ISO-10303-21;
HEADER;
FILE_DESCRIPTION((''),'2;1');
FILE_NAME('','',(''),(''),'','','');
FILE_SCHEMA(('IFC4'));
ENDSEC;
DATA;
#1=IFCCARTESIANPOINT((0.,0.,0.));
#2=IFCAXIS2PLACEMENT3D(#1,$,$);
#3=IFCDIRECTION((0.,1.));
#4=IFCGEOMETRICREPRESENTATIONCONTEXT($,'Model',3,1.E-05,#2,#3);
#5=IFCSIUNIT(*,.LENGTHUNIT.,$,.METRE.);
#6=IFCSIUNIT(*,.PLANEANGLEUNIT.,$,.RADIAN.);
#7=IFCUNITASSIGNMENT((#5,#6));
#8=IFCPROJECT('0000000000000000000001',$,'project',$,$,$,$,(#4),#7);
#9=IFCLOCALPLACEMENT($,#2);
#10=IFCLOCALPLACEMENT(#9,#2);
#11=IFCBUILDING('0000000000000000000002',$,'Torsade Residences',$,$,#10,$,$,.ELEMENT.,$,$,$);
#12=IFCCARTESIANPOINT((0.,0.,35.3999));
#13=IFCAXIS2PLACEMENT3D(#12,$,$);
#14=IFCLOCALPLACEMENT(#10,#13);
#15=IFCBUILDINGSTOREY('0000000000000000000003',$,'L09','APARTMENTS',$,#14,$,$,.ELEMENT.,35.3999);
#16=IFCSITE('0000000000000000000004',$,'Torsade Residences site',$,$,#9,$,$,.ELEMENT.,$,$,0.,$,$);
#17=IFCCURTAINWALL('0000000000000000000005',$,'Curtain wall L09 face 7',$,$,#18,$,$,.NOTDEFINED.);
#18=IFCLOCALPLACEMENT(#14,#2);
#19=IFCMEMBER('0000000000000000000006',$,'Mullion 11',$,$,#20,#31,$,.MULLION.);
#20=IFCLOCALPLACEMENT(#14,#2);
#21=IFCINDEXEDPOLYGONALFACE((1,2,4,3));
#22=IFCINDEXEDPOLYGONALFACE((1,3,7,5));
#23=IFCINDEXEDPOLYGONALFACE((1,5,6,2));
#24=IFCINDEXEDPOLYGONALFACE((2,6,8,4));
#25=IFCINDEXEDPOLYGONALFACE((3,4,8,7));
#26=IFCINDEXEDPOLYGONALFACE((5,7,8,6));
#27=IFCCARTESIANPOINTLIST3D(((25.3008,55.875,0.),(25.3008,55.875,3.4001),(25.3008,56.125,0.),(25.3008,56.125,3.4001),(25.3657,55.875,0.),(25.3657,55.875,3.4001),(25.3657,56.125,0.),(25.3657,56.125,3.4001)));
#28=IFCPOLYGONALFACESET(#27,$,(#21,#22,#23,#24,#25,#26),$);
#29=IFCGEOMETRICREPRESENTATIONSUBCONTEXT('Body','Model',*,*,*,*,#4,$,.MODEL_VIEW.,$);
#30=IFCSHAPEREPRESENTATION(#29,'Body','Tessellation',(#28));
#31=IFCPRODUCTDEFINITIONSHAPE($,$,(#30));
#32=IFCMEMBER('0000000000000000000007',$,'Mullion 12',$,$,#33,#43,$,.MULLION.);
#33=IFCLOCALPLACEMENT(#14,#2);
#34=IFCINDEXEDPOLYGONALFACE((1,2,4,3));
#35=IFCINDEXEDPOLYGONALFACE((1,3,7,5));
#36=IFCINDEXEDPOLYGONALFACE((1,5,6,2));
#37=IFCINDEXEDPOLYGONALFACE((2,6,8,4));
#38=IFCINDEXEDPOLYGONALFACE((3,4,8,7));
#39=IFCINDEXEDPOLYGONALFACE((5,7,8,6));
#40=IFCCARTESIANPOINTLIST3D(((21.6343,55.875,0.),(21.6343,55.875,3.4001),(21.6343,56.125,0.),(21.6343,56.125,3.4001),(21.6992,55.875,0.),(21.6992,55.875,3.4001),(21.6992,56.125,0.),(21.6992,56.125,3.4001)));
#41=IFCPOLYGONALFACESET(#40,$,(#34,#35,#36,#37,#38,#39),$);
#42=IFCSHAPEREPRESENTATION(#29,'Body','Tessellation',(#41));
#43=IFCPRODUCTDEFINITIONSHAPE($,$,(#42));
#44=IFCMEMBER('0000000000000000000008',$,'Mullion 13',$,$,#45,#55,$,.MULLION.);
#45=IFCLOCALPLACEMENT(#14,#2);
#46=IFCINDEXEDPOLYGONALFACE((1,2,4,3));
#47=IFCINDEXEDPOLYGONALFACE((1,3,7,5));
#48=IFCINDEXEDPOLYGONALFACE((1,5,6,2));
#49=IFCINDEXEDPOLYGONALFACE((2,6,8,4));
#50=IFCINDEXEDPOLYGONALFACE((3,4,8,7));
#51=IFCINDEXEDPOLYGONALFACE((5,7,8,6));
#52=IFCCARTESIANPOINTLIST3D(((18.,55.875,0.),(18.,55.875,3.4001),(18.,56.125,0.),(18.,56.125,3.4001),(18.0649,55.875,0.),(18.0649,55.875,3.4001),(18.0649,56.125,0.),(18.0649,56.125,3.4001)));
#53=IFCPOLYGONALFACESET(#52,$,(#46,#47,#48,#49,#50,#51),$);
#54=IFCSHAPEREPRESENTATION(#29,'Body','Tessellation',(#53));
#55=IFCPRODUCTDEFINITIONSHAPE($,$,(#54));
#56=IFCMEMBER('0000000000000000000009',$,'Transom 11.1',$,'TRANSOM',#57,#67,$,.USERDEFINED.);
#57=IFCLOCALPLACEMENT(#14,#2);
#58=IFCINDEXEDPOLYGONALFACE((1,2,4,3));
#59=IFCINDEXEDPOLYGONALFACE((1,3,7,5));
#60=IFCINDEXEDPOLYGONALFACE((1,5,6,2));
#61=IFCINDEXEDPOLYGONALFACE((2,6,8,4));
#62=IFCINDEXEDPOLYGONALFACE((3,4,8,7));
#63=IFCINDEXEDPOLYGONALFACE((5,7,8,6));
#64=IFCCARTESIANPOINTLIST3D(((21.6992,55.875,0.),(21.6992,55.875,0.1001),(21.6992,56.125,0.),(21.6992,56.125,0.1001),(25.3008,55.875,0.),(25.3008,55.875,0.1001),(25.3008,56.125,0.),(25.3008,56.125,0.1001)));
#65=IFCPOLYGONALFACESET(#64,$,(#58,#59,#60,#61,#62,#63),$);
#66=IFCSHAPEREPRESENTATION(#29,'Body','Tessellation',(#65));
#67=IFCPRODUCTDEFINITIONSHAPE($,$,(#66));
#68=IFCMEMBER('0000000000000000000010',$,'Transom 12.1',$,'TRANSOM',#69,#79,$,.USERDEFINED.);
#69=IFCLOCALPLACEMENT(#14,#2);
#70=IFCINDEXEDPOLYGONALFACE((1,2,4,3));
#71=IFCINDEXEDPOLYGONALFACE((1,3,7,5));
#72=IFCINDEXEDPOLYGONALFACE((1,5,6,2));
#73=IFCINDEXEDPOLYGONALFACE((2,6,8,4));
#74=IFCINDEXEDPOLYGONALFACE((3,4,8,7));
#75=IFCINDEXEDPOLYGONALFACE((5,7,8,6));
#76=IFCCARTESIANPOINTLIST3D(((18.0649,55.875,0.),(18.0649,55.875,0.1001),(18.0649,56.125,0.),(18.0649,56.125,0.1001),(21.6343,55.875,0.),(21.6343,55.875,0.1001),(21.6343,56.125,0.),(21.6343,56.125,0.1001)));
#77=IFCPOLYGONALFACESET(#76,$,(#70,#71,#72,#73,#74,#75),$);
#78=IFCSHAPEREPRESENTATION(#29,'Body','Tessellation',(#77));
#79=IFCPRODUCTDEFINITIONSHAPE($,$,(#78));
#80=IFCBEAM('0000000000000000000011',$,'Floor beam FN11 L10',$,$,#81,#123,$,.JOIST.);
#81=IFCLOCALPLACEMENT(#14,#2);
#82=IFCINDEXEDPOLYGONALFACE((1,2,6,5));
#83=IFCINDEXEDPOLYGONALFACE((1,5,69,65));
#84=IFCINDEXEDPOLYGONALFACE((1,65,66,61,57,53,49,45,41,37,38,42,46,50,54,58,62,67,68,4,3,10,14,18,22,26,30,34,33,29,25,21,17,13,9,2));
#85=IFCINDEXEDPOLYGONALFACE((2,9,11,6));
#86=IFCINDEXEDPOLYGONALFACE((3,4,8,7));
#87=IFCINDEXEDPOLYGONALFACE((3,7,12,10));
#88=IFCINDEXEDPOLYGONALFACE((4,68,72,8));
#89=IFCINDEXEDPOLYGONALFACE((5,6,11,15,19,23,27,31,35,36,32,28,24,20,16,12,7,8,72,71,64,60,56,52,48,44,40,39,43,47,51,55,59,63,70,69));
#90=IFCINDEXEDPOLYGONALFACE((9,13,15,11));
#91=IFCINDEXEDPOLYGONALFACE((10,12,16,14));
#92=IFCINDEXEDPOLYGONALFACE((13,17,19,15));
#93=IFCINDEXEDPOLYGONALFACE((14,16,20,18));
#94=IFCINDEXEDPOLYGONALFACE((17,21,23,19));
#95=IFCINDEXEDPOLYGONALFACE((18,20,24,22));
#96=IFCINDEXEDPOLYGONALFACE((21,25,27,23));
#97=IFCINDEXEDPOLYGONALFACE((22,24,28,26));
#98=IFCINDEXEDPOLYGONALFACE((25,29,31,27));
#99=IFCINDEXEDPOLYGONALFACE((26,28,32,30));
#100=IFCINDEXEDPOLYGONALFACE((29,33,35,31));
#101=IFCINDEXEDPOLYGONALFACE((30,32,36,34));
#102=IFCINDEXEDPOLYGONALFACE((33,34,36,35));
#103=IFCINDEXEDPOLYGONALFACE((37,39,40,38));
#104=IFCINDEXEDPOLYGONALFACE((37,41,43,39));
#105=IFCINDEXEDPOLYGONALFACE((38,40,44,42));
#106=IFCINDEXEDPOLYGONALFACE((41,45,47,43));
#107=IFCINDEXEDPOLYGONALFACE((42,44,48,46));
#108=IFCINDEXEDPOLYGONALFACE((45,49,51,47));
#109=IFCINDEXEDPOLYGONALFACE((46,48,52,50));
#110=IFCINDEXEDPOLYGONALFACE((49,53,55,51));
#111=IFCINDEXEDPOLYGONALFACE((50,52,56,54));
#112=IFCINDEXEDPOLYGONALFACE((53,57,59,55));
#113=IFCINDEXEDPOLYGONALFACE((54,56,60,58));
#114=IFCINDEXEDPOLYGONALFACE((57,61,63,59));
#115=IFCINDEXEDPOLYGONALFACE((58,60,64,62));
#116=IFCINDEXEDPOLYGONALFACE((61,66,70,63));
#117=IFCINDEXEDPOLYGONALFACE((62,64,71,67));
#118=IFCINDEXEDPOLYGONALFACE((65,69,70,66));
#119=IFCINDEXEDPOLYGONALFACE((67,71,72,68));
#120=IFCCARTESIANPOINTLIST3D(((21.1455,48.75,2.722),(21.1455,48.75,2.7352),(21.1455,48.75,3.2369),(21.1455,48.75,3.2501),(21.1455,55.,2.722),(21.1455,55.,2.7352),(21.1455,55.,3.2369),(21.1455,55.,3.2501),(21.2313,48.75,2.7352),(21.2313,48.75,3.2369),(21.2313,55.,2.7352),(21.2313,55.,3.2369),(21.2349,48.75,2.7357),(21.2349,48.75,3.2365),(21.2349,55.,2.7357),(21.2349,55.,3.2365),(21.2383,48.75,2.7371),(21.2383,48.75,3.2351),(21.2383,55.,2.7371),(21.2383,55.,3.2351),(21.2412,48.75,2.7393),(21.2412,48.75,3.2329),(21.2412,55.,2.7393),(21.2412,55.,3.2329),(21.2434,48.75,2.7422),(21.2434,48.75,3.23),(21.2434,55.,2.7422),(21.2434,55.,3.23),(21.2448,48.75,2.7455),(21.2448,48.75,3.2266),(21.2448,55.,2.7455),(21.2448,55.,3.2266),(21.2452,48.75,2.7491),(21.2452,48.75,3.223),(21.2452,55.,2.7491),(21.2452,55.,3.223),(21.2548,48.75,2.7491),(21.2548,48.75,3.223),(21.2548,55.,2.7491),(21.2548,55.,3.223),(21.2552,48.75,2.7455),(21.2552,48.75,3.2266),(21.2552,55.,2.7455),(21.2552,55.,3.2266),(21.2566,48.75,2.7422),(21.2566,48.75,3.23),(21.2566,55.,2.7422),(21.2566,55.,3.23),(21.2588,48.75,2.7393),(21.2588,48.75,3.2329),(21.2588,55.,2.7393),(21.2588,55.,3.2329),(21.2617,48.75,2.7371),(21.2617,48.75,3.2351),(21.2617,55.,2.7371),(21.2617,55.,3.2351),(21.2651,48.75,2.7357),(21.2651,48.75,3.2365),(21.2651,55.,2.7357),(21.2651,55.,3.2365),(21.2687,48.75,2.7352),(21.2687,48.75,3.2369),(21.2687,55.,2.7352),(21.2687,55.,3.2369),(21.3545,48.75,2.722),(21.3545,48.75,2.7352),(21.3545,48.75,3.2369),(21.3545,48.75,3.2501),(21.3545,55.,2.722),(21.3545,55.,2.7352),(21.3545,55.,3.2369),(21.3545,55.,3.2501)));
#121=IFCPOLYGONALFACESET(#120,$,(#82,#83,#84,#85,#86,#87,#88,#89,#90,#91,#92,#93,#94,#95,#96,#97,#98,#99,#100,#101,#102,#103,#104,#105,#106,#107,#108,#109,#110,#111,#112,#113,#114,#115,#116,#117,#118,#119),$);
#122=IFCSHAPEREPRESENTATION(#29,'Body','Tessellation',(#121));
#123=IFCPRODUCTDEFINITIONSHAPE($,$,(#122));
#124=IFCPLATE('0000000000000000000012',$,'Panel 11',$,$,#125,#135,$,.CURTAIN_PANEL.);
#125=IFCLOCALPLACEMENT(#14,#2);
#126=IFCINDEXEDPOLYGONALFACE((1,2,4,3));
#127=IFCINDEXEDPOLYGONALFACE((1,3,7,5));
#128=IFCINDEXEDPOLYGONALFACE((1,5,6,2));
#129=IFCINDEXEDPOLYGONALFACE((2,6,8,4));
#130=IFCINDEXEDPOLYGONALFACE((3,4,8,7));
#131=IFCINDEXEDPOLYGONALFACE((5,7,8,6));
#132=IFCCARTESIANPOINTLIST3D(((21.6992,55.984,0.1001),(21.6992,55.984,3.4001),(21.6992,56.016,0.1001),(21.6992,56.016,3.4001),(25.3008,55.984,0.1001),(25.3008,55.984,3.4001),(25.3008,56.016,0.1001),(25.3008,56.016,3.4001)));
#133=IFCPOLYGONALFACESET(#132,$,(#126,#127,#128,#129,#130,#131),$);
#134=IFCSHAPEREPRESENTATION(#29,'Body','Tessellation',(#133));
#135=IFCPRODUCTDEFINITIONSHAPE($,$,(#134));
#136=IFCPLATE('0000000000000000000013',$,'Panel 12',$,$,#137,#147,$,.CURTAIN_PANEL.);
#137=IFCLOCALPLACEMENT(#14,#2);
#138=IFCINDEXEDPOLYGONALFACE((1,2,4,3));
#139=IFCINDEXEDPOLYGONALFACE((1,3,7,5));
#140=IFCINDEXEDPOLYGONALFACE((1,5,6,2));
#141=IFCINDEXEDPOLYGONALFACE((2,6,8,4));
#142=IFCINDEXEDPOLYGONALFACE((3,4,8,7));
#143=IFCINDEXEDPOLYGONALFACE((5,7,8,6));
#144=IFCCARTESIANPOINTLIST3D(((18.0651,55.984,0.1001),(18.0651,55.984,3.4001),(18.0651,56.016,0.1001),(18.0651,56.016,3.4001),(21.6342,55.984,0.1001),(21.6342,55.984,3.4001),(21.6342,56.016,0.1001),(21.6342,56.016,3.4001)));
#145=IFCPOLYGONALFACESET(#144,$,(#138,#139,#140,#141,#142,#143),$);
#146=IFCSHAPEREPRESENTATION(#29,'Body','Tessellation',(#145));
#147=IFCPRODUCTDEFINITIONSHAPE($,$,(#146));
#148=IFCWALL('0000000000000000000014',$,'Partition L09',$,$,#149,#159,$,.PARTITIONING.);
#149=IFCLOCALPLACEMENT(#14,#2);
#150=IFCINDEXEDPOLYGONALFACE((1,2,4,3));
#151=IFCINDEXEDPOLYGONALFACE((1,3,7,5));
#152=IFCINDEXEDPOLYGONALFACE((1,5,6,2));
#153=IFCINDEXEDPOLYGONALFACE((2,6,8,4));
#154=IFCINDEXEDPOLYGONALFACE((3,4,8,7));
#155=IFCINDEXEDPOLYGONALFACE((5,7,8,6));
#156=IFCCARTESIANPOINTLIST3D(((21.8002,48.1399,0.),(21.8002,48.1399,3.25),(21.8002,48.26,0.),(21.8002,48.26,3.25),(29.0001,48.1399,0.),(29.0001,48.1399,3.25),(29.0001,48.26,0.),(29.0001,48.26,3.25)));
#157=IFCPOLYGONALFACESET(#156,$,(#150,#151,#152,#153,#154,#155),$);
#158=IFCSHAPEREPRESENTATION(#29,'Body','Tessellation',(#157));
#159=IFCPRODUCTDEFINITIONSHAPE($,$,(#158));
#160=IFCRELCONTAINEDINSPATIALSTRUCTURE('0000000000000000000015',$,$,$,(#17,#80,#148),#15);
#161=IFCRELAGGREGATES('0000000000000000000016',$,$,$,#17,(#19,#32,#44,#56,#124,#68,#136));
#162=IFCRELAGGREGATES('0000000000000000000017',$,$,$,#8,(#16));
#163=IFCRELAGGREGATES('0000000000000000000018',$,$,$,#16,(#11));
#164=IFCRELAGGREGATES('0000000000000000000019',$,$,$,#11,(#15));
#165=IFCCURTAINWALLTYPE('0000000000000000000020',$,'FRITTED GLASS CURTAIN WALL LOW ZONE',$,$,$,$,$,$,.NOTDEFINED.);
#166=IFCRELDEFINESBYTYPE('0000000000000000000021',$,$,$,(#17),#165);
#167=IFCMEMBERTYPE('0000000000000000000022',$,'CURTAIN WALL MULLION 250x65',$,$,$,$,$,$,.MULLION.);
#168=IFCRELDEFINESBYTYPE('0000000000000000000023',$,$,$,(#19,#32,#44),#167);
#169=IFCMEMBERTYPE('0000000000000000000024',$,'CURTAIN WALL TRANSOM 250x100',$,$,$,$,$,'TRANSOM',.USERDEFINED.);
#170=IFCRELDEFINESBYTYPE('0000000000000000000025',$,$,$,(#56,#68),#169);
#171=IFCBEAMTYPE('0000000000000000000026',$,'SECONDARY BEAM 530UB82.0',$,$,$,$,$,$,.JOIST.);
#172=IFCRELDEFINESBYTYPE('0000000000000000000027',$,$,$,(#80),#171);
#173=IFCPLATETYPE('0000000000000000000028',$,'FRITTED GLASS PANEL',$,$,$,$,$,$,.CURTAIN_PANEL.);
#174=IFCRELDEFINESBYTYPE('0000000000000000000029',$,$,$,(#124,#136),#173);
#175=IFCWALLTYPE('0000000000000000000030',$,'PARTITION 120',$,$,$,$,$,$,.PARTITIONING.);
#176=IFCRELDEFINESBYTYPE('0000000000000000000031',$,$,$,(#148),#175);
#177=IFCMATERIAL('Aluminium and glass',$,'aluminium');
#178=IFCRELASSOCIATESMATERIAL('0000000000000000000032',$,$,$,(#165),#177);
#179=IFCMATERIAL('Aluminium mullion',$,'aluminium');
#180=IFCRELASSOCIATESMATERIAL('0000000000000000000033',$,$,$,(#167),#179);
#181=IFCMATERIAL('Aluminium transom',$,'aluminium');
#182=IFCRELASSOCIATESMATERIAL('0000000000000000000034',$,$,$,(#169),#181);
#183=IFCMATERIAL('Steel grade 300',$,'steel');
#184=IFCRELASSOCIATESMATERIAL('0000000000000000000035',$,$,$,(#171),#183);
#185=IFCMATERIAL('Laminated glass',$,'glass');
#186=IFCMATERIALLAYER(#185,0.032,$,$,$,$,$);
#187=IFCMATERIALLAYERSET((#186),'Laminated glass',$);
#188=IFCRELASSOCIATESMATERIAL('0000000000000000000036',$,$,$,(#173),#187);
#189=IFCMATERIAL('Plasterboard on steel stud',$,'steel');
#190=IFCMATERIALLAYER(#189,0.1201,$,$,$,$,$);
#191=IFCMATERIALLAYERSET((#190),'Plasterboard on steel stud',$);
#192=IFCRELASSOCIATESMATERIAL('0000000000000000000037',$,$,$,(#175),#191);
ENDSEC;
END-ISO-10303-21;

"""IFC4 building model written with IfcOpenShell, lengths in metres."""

from ifc_helpers import new_model, si_unit, direction, frame, frame_2d, origin, origin_2d, place, context, subcontext, project, spatial, rectangle, i_section, extrude, material, layer, layer_set, material_profile, profile_set, type_object, element, aggregate, save


model = new_model("IFC4")

# Units and contexts
model_context = context("Model", 3, precision=1e-05, world=origin(), true_north=direction((0.0, 1.0)))
body_context = subcontext(model_context, "Body", "Model", "MODEL_VIEW")
ifc_project = project(units=[si_unit("LENGTHUNIT", "METRE"), si_unit("PLANEANGLEUNIT", "RADIAN")], contexts=[model_context])

# Site, building, storey
site_placement = place(None, origin())
site = spatial("IfcSite", under=ifc_project, at=site_placement, Name="Torsade Residences site", CompositionType="ELEMENT", RefElevation=0.0)
building_placement = place(site_placement, origin())
building = spatial("IfcBuilding", under=site, at=building_placement, Name="Torsade Residences", CompositionType="ELEMENT")
storey_placement = place(building_placement, frame((0.0, 0.0, 35.3999)))
storey = spatial("IfcBuildingStorey", under=building, at=storey_placement, Name="L09", Description="APARTMENTS", CompositionType="ELEMENT", Elevation=35.3999)

# Curtain wall, members
ifc_material_1 = material(Name="Aluminium and glass", Category="aluminium")
curtain_wall_type = type_object("IfcCurtainWallType", Name="FRITTED GLASS CURTAIN WALL LOW ZONE", PredefinedType="NOTDEFINED", material=ifc_material_1)
curtain_wall_placement = place(storey_placement, origin())
curtain_wall = element("IfcCurtainWall", 1, at=curtain_wall_placement, inside=storey, type_object=curtain_wall_type, Name="Curtain wall L09 face 7", PredefinedType="NOTDEFINED")
ifc_material_2 = material(Name="Aluminium mullion", Category="aluminium")
ifc_material_profile_1 = material_profile(ifc_material_2, rectangle(XDim=0.25, YDim=0.0649, at=origin_2d()), Name="CURTAIN WALL MULLION 250x65")
ifc_profile_set_1 = profile_set([ifc_material_profile_1], Name="Aluminium mullion")
member_type_1 = type_object("IfcMemberType", Name="CURTAIN WALL MULLION 250x65", PredefinedType="MULLION", material=ifc_profile_set_1)
member_1_placement = place(storey_placement, frame((25.3333, 56.0, 0.0), z_axis=(0.0, 0.0, 1.0), x_axis=(0.0, -1.0, 0.0)))
member_1 = element("IfcMember", 2, at=member_1_placement, type_object=member_type_1, Name="Mullion 11", PredefinedType="MULLION", context=body_context, shape_type="SweptSolid", body=[
    extrude(rectangle(XDim=0.25, YDim=0.0649, at=origin_2d()), origin(), (0.0, 0.0, 1.0), 3.4001),
])
member_2_placement = place(storey_placement, frame((21.6667, 56.0, 0.0), z_axis=(0.0, 0.0, 1.0), x_axis=(0.0, -1.0, 0.0)))
member_2 = element("IfcMember", 3, at=member_2_placement, type_object=member_type_1, Name="Mullion 12", PredefinedType="MULLION", context=body_context, shape_type="SweptSolid", body=[
    extrude(rectangle(XDim=0.25, YDim=0.0649, at=origin_2d()), origin(), (0.0, 0.0, 1.0), 3.4001),
])
member_3_placement = place(storey_placement, frame((18.0325, 56.0, 0.0), z_axis=(0.0, 0.0, 1.0), x_axis=(0.0, -1.0, 0.0)))
member_3 = element("IfcMember", 4, at=member_3_placement, type_object=member_type_1, Name="Mullion 13", PredefinedType="MULLION", context=body_context, shape_type="SweptSolid", body=[
    extrude(rectangle(XDim=0.25, YDim=0.0649, at=origin_2d()), origin(), (0.0, 0.0, 1.0), 3.4001),
])
ifc_material_3 = material(Name="Aluminium transom", Category="aluminium")
ifc_material_profile_2 = material_profile(ifc_material_3, rectangle(XDim=0.25, YDim=0.1001, at=origin_2d()), Name="CURTAIN WALL TRANSOM 250x100")
ifc_profile_set_2 = profile_set([ifc_material_profile_2], Name="Aluminium transom")
member_type_2 = type_object("IfcMemberType", Name="CURTAIN WALL TRANSOM 250x100", ElementType="TRANSOM", PredefinedType="USERDEFINED", material=ifc_profile_set_2)
member_4_placement = place(storey_placement, frame((25.3008, 56.0, 0.05), z_axis=(-1.0, 0.0, 0.0), x_axis=(0.0, -1.0, 0.0)))
member_4 = element("IfcMember", 5, at=member_4_placement, type_object=member_type_2, Name="Transom 11.1", ObjectType="TRANSOM", PredefinedType="USERDEFINED", context=body_context, shape_type="SweptSolid", body=[
    extrude(rectangle(XDim=0.25, YDim=0.1001, at=origin_2d()), origin(), (0.0, 0.0, 1.0), 3.6016),
])
member_5_placement = place(storey_placement, frame((21.6343, 56.0, 0.05), z_axis=(-1.0, 0.0, 0.0), x_axis=(0.0, -1.0, 0.0)))
member_5 = element("IfcMember", 6, at=member_5_placement, type_object=member_type_2, Name="Transom 12.1", ObjectType="TRANSOM", PredefinedType="USERDEFINED", context=body_context, shape_type="SweptSolid", body=[
    extrude(rectangle(XDim=0.25, YDim=0.1001, at=origin_2d()), origin(), (0.0, 0.0, 1.0), 3.5693),
])

# Beam
ifc_material_4 = material(Name="Steel grade 300", Category="steel")
ifc_material_profile_3 = material_profile(ifc_material_4, i_section(OverallWidth=0.209, OverallDepth=0.5281, WebThickness=0.0095, FlangeThickness=0.0132, FilletRadius=0.0139, at=origin_2d()), Name="530UB82.0")
ifc_profile_set_3 = profile_set([ifc_material_profile_3], Name="Steel grade 300")
beam_type = type_object("IfcBeamType", Name="SECONDARY BEAM 530UB82.0", PredefinedType="JOIST", material=ifc_profile_set_3)
beam_placement = place(storey_placement, frame((21.25, 55.0, 2.9861), z_axis=(0.0, -1.0, 0.0), x_axis=(1.0, 0.0, 0.0)))
element("IfcBeam", 7, at=beam_placement, inside=storey, type_object=beam_type, Name="Floor beam FN11 L10", PredefinedType="JOIST", context=body_context, shape_type="SweptSolid", body=[
    extrude(i_section(OverallWidth=0.209, OverallDepth=0.5281, WebThickness=0.0095, FlangeThickness=0.0132, FilletRadius=0.0139, at=origin_2d()), origin(), (0.0, 0.0, 1.0), 6.25),
])

# Plates
ifc_material_5 = material(Name="Laminated glass", Category="glass")
ifc_layer_1 = layer(ifc_material_5, 0.032)
ifc_layer_set_1 = layer_set([ifc_layer_1], Name="Laminated glass")
plate_type = type_object("IfcPlateType", Name="FRITTED GLASS PANEL", PredefinedType="CURTAIN_PANEL", material=ifc_layer_set_1)
plate_1_placement = place(storey_placement, frame((23.5, 56.0, 0.1001), z_axis=(0.0, 0.0, 1.0), x_axis=(-1.0, 0.0, 0.0)))
plate_1 = element("IfcPlate", 8, at=plate_1_placement, type_object=plate_type, Name="Panel 11", PredefinedType="CURTAIN_PANEL", context=body_context, shape_type="SweptSolid", body=[
    extrude(rectangle(XDim=3.6016, YDim=0.032, at=origin_2d()), origin(), (0.0, 0.0, 1.0), 3.3),
])
plate_2_placement = place(storey_placement, frame((19.8496, 56.0, 0.1001), z_axis=(0.0, 0.0, 1.0), x_axis=(-1.0, 0.0, 0.0)))
plate_2 = element("IfcPlate", 9, at=plate_2_placement, type_object=plate_type, Name="Panel 12", PredefinedType="CURTAIN_PANEL", context=body_context, shape_type="SweptSolid", body=[
    extrude(rectangle(XDim=3.5691, YDim=0.032, at=origin_2d()), origin(), (0.0, 0.0, 1.0), 3.3),
])
aggregate(curtain_wall, [member_1, member_2, member_3, member_4, plate_1, member_5, plate_2])

# Wall
ifc_material_6 = material(Name="Plasterboard on steel stud", Category="steel")
ifc_layer_2 = layer(ifc_material_6, 0.1201)
ifc_layer_set_2 = layer_set([ifc_layer_2], Name="Plasterboard on steel stud")
wall_type_1 = type_object("IfcWallType", Name="PARTITION 120", PredefinedType="PARTITIONING", material=ifc_layer_set_2)
wall_1_placement = place(storey_placement, frame((21.8, 48.2, 0.0), z_axis=(0.0, 0.0, 1.0), x_axis=(1.0, 0.0, 0.0)))
element("IfcWall", 10, at=wall_1_placement, inside=storey, type_object=wall_type_1, Name="Partition L09", PredefinedType="PARTITIONING", context=body_context, shape_type="SweptSolid", body=[
    extrude(rectangle(XDim=7.2, YDim=0.1201, at=frame_2d((3.6001, 0.0))), origin(), (0.0, 0.0, 1.0), 3.25),
])

save(model, "model.ifc")
